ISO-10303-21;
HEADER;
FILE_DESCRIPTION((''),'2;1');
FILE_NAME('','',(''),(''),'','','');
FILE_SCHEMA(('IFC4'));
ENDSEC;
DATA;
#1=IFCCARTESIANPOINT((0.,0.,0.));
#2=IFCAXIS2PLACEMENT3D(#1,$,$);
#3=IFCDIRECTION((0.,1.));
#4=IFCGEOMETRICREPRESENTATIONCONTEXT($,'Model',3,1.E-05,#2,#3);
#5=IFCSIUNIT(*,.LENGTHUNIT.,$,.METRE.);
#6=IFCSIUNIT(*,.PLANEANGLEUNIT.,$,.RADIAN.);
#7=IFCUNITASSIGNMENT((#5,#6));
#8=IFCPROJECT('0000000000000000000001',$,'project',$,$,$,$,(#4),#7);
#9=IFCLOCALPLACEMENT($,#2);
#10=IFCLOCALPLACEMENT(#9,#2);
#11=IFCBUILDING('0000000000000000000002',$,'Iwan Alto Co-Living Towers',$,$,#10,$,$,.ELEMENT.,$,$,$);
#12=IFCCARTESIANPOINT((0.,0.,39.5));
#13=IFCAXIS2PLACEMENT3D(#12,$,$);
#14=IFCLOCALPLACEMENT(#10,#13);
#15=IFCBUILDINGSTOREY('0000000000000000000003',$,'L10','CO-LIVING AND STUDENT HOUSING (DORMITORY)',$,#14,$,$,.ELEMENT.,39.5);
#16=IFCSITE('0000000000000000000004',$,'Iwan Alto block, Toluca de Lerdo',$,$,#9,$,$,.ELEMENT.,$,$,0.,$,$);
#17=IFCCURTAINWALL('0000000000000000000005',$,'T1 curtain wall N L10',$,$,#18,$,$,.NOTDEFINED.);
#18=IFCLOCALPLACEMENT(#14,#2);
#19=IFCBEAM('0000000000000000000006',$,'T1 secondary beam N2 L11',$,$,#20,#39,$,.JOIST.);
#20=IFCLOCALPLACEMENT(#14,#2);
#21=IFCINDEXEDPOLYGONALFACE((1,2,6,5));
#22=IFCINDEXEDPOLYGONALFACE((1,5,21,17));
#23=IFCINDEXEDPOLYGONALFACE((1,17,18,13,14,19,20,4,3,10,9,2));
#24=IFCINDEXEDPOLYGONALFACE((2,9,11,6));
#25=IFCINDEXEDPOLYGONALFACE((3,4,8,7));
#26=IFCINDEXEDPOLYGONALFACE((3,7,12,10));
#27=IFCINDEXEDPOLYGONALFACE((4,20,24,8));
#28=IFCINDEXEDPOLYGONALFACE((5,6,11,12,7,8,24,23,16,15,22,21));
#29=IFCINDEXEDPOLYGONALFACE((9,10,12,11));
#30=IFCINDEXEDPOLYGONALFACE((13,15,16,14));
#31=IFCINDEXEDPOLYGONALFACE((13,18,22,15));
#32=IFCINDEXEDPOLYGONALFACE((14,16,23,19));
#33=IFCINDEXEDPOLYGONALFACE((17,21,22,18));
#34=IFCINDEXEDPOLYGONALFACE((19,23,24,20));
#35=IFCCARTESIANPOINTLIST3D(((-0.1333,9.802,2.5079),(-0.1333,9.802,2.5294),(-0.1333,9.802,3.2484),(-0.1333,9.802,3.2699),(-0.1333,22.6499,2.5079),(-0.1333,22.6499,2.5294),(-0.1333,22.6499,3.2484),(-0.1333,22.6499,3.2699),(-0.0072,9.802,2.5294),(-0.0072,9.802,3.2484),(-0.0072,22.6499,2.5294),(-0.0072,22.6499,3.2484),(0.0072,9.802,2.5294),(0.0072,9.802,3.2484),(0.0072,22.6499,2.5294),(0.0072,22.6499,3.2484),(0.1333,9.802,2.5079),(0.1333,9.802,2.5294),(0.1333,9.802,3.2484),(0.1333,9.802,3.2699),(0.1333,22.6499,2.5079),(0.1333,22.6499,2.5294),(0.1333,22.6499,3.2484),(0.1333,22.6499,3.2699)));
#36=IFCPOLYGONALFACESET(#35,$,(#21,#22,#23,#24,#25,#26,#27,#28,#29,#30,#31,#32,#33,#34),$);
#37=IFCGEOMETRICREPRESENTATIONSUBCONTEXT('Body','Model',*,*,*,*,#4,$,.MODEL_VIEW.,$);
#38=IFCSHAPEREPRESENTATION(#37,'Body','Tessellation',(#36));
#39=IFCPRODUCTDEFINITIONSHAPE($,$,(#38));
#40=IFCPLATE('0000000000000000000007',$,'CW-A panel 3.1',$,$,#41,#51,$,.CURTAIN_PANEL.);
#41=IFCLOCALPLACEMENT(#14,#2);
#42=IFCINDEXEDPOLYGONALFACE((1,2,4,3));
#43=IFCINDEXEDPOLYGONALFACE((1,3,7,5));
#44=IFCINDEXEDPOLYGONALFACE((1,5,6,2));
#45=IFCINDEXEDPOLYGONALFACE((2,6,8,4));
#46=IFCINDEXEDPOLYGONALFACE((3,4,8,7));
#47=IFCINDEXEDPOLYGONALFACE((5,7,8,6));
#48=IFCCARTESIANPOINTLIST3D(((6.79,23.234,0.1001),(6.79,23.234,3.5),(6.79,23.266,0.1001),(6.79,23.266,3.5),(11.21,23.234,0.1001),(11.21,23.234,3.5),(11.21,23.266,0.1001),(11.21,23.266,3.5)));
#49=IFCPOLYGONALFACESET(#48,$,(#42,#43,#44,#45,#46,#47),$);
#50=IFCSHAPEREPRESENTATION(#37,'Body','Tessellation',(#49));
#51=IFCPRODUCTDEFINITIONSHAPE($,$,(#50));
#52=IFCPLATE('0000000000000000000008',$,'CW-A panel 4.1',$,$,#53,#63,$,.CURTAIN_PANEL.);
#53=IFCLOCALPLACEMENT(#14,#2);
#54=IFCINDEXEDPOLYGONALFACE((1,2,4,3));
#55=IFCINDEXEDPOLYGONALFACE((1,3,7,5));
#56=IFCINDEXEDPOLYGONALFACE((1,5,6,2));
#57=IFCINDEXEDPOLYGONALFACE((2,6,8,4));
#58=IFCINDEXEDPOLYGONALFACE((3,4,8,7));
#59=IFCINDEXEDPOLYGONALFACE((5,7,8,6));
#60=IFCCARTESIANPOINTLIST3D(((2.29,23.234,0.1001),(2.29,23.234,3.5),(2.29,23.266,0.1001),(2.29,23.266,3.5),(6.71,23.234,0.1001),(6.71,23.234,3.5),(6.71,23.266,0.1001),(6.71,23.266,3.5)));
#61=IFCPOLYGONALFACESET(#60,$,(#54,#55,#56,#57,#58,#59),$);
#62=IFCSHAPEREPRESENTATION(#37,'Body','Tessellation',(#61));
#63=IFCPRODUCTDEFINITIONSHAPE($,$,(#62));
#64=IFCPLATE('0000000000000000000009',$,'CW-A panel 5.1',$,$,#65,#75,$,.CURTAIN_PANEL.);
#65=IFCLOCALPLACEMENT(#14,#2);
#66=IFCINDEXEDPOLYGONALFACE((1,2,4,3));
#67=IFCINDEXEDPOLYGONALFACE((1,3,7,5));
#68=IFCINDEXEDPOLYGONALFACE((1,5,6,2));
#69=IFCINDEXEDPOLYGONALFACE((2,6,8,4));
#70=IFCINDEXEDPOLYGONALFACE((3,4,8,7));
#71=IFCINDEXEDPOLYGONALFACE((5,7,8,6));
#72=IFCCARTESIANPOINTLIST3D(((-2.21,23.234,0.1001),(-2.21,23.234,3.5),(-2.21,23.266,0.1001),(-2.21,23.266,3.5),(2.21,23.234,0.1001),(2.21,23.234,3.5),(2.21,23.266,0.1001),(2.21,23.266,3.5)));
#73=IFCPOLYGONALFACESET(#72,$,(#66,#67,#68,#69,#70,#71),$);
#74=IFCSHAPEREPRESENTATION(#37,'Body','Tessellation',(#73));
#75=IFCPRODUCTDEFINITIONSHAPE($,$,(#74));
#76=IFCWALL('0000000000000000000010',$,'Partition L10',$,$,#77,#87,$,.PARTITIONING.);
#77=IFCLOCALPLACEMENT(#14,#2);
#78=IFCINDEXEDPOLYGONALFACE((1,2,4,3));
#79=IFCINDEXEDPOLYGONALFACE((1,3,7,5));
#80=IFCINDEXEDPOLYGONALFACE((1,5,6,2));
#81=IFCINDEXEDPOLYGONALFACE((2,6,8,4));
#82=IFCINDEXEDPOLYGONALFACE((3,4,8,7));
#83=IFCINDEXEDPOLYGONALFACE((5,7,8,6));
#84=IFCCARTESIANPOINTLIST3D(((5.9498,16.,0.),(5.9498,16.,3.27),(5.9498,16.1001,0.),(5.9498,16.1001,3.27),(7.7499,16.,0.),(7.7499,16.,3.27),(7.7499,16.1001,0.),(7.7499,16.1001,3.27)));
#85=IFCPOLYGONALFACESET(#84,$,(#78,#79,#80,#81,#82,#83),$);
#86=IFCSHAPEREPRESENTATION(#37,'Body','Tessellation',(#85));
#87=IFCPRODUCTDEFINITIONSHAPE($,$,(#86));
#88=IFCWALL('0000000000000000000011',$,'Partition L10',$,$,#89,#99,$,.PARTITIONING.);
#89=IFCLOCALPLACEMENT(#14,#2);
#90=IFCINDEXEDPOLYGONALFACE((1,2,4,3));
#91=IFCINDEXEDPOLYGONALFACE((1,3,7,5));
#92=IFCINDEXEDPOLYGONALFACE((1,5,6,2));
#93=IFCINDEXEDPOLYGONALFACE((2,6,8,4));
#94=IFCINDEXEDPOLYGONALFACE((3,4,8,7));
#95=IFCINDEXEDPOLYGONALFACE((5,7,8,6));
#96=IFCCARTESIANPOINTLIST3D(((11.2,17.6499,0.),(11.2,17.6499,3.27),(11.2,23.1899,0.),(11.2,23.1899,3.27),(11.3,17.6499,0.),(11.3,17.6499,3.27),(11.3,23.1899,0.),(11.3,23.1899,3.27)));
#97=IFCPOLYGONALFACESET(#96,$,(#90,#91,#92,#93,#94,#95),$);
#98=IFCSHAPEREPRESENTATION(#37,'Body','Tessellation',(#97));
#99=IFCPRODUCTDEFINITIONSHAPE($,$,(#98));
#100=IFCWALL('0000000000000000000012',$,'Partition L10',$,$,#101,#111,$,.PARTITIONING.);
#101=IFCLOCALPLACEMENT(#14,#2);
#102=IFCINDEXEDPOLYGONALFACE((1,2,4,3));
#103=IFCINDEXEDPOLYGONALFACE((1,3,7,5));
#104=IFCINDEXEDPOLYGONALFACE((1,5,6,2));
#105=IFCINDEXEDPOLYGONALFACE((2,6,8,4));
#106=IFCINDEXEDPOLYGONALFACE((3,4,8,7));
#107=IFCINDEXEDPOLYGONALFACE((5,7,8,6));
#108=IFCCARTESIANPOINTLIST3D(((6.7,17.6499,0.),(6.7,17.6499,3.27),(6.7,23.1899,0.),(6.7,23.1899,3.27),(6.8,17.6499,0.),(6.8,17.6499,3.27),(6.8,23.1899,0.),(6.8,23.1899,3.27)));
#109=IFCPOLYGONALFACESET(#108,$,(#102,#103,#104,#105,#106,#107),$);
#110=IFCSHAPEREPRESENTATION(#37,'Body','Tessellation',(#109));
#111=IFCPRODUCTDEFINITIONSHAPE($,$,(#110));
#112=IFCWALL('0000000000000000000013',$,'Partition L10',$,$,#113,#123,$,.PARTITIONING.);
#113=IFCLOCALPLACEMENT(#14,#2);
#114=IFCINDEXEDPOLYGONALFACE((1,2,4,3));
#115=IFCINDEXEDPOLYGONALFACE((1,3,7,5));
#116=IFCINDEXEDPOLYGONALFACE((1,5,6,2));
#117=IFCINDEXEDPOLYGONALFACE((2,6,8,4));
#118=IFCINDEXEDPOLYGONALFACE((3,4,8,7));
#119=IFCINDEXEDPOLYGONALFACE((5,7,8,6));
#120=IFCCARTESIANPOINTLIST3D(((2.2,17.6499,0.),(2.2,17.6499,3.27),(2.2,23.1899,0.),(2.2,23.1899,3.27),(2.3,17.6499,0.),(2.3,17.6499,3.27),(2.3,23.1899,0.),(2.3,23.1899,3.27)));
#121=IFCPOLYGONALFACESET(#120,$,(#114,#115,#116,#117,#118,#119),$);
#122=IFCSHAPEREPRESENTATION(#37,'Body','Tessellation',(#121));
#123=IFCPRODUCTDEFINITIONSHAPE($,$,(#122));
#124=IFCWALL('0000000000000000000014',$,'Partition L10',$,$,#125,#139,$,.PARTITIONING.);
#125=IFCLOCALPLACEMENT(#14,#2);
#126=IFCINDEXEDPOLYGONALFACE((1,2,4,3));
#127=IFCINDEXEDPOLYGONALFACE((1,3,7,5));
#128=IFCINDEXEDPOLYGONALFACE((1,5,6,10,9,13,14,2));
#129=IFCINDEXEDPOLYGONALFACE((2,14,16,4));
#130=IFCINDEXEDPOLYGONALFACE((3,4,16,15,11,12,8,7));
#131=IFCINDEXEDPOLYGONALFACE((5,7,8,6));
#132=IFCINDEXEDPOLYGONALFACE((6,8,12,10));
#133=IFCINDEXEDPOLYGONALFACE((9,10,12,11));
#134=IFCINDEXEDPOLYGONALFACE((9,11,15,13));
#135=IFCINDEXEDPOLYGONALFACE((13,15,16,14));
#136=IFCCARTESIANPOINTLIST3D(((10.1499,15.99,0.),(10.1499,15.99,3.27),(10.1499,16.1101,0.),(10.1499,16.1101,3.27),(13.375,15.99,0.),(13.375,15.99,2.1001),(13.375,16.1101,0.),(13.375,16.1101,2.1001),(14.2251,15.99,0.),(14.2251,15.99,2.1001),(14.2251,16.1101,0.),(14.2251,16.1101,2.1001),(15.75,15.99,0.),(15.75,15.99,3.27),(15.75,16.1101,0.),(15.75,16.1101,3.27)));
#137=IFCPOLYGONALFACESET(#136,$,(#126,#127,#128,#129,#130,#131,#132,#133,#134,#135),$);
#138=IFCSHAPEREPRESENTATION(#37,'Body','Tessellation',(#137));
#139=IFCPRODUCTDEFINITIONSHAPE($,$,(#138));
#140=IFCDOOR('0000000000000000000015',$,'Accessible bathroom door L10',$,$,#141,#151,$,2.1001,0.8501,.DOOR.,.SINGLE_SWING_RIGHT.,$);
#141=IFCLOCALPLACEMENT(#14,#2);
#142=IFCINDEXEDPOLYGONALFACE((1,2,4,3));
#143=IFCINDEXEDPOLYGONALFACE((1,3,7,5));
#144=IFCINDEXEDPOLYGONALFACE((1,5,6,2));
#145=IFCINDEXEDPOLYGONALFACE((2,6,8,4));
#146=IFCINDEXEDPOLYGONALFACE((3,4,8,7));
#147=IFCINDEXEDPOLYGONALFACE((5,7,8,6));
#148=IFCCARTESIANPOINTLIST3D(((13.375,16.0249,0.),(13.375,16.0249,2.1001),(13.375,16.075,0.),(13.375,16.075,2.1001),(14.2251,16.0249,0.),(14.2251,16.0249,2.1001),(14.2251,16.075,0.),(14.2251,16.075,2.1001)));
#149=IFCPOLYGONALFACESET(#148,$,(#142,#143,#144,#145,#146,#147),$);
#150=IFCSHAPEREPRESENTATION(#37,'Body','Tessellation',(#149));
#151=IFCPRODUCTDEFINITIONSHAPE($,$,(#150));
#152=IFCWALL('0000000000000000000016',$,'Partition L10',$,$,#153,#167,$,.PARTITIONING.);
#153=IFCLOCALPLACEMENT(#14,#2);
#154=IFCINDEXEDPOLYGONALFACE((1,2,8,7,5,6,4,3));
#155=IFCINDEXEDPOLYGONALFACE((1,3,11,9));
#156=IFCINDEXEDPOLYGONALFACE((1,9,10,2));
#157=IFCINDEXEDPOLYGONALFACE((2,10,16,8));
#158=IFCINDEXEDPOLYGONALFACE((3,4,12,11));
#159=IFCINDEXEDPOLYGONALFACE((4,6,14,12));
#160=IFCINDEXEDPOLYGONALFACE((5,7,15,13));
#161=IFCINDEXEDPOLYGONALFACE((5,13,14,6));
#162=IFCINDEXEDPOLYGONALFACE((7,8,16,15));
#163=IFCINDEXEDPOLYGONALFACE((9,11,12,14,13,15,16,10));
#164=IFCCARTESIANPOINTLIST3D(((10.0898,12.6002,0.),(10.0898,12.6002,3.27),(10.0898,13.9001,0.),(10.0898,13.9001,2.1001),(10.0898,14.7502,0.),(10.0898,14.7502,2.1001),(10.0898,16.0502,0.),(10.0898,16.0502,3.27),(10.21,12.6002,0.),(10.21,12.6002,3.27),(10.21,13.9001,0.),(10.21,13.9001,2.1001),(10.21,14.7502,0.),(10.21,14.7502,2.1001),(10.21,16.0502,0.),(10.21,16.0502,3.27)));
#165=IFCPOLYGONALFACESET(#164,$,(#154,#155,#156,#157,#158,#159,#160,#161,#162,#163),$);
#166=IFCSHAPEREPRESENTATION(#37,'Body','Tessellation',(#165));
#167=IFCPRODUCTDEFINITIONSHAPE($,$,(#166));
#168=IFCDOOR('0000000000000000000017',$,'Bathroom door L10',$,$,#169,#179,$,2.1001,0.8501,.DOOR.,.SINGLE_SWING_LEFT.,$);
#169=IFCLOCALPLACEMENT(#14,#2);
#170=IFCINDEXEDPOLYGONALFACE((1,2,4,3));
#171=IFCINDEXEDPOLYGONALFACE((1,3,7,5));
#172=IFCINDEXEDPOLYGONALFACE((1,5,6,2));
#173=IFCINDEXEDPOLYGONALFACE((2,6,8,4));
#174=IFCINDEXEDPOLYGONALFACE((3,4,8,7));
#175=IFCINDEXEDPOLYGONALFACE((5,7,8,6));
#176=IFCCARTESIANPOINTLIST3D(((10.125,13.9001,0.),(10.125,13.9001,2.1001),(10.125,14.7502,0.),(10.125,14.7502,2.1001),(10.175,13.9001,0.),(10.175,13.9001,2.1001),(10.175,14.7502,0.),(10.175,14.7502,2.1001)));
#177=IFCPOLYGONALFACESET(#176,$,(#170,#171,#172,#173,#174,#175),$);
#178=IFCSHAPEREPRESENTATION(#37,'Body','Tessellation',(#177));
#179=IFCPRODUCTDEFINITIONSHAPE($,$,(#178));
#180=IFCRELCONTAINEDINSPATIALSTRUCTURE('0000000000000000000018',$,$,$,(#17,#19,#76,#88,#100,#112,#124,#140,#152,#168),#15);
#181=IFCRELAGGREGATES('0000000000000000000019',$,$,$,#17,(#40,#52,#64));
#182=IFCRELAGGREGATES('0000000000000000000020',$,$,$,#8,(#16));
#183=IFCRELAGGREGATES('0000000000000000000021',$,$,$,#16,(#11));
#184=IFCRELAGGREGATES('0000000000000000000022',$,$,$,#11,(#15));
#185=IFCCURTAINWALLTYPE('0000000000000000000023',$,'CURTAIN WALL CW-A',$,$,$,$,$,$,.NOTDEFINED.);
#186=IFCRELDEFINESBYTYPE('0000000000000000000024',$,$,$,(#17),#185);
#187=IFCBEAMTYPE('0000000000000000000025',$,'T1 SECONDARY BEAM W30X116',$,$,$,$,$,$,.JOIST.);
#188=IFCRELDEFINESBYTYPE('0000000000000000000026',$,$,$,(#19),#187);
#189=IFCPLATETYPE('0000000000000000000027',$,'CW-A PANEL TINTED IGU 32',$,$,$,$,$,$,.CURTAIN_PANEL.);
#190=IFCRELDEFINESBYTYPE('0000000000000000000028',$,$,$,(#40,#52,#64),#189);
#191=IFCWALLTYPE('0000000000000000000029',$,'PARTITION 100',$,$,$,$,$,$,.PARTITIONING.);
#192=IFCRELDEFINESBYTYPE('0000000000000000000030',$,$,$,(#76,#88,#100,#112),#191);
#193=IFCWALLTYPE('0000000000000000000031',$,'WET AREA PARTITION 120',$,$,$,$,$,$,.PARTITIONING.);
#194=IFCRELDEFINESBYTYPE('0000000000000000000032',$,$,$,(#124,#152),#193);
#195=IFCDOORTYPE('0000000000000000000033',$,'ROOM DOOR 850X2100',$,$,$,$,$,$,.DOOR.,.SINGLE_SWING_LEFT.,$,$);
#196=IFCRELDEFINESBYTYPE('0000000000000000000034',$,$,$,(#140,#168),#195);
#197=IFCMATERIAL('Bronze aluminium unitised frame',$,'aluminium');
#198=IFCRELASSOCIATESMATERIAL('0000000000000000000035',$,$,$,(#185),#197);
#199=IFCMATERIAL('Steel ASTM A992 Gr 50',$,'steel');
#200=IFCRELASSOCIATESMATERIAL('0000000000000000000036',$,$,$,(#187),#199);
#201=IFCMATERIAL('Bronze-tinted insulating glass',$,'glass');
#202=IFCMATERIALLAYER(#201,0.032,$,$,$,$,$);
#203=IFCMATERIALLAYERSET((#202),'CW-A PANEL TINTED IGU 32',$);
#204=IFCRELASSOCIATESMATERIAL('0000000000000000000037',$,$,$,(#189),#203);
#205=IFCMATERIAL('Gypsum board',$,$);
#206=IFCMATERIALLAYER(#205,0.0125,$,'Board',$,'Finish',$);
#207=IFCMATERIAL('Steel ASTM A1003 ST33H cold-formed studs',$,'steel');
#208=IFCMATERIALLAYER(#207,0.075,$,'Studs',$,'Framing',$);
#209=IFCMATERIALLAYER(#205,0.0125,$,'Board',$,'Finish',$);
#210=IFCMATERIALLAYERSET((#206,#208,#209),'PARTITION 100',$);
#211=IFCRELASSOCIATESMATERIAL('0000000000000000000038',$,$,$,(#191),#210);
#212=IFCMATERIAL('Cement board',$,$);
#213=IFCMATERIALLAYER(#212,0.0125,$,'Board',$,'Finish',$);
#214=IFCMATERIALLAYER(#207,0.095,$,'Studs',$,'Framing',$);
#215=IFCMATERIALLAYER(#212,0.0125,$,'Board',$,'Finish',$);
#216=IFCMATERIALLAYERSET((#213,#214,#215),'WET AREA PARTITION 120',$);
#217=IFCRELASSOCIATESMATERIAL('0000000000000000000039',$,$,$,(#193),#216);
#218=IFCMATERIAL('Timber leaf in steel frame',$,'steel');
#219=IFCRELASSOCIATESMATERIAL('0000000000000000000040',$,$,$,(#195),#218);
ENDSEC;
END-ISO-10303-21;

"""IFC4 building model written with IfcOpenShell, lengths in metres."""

from ifc_helpers import new_model, si_unit, direction, frame, frame_2d, origin, origin_2d, place, context, subcontext, project, spatial, rectangle, i_section, extrude, material, layer, layer_set, material_profile, profile_set, type_object, element, fill, aggregate, save


model = new_model("IFC4")

# Units and contexts
model_context = context("Model", 3, precision=1e-05, world=origin(), true_north=direction((0.0, 1.0)))
body_context = subcontext(model_context, "Body", "Model", "MODEL_VIEW")
ifc_project = project(units=[si_unit("LENGTHUNIT", "METRE"), si_unit("PLANEANGLEUNIT", "RADIAN")], contexts=[model_context])

# Site, building, storey
site_placement = place(None, origin())
site = spatial("IfcSite", under=ifc_project, at=site_placement, Name="Iwan Alto block, Toluca de Lerdo", CompositionType="ELEMENT", RefElevation=0.0)
building_placement = place(site_placement, origin())
building = spatial("IfcBuilding", under=site, at=building_placement, Name="Iwan Alto Co-Living Towers", CompositionType="ELEMENT")
storey_placement = place(building_placement, frame((0.0, 0.0, 39.5)))
storey = spatial("IfcBuildingStorey", under=building, at=storey_placement, Name="L10", Description="CO-LIVING AND STUDENT HOUSING (DORMITORY)", CompositionType="ELEMENT", Elevation=39.5)

# Curtain wall
ifc_material_1 = material(Name="Bronze aluminium unitised frame", Category="aluminium")
curtain_wall_type = type_object("IfcCurtainWallType", Name="CURTAIN WALL CW-A", PredefinedType="NOTDEFINED", material=ifc_material_1)
curtain_wall_placement = place(storey_placement, origin())
curtain_wall = element("IfcCurtainWall", 1, at=curtain_wall_placement, inside=storey, type_object=curtain_wall_type, Name="T1 curtain wall N L10", PredefinedType="NOTDEFINED")

# Beam
ifc_material_2 = material(Name="Steel ASTM A992 Gr 50", Category="steel")
ifc_material_profile_1 = material_profile(ifc_material_2, i_section(OverallWidth=0.2666, OverallDepth=0.762, WebThickness=0.0144, FlangeThickness=0.0215, at=origin_2d()), Name="W30X116")
ifc_profile_set_1 = profile_set([ifc_material_profile_1], Name="Steel ASTM A992 Gr 50")
beam_type_1 = type_object("IfcBeamType", Name="T1 SECONDARY BEAM W30X116", PredefinedType="JOIST", material=ifc_profile_set_1)
for number, where, z_axis, x_axis, name in (
    (2, (0.0, 22.6499, 2.8889), (0.0, -1.0, 0.0), (1.0, 0.0, 0.0), "T1 secondary beam N2 L11"),
):
    element("IfcBeam", number, at=place(storey_placement, frame(where, z_axis=z_axis, x_axis=x_axis)), inside=storey, type_object=beam_type_1, Name=name, PredefinedType="JOIST", context=body_context, shape_type="SweptSolid", body=[
        extrude(i_section(OverallWidth=0.2666, OverallDepth=0.762, WebThickness=0.0144, FlangeThickness=0.0215, at=origin_2d()), origin(), (0.0, 0.0, 1.0), 12.8479),
    ])

# Plates
ifc_material_3 = material(Name="Bronze-tinted insulating glass", Category="glass")
ifc_layer_1 = layer(ifc_material_3, 0.032)
ifc_layer_set_1 = layer_set([ifc_layer_1], Name="CW-A PANEL TINTED IGU 32")
plate_type = type_object("IfcPlateType", Name="CW-A PANEL TINTED IGU 32", PredefinedType="CURTAIN_PANEL", material=ifc_layer_set_1)
plate_1_placement = place(storey_placement, frame((9.0, 23.25, 0.1001), z_axis=(0.0, 0.0, 1.0), x_axis=(-1.0, 0.0, 0.0)))
plate_1 = element("IfcPlate", 3, at=plate_1_placement, type_object=plate_type, Name="CW-A panel 3.1", PredefinedType="CURTAIN_PANEL", context=body_context, shape_type="SweptSolid", body=[
    extrude(rectangle(XDim=4.4199, YDim=0.032, at=origin_2d()), origin(), (0.0, 0.0, 1.0), 3.3999),
])
plate_2_placement = place(storey_placement, frame((4.5, 23.25, 0.1001), z_axis=(0.0, 0.0, 1.0), x_axis=(-1.0, 0.0, 0.0)))
plate_2 = element("IfcPlate", 4, at=plate_2_placement, type_object=plate_type, Name="CW-A panel 4.1", PredefinedType="CURTAIN_PANEL", context=body_context, shape_type="SweptSolid", body=[
    extrude(rectangle(XDim=4.4199, YDim=0.032, at=origin_2d()), origin(), (0.0, 0.0, 1.0), 3.3999),
])
plate_3_placement = place(storey_placement, frame((0.0, 23.25, 0.1001), z_axis=(0.0, 0.0, 1.0), x_axis=(-1.0, 0.0, 0.0)))
plate_3 = element("IfcPlate", 5, at=plate_3_placement, type_object=plate_type, Name="CW-A panel 5.1", PredefinedType="CURTAIN_PANEL", context=body_context, shape_type="SweptSolid", body=[
    extrude(rectangle(XDim=4.4199, YDim=0.032, at=origin_2d()), origin(), (0.0, 0.0, 1.0), 3.3999),
])
aggregate(curtain_wall, [plate_1, plate_2, plate_3])

# Walls
ifc_material_4 = material(Name="Gypsum board")
ifc_layer_2 = layer(ifc_material_4, 0.0125, Name="Board", Category="Finish")
ifc_material_5 = material(Name="Steel ASTM A1003 ST33H cold-formed studs", Category="steel")
ifc_layer_3 = layer(ifc_material_5, 0.075, Name="Studs", Category="Framing")
ifc_layer_4 = layer(ifc_material_4, 0.0125, Name="Board", Category="Finish")
ifc_layer_set_2 = layer_set([ifc_layer_2, ifc_layer_3, ifc_layer_4], Name="PARTITION 100")
wall_type_1 = type_object("IfcWallType", Name="PARTITION 100", PredefinedType="PARTITIONING", material=ifc_layer_set_2)
wall_1_placement = place(storey_placement, frame((5.95, 16.05, 0.0), z_axis=(0.0, 0.0, 1.0), x_axis=(1.0, 0.0, 0.0)))
element("IfcWall", 6, at=wall_1_placement, inside=storey, type_object=wall_type_1, Name="Partition L10", PredefinedType="PARTITIONING", context=body_context, shape_type="SweptSolid", body=[
    extrude(rectangle(XDim=1.8, YDim=0.1001, at=frame_2d((0.8999, 0.0))), origin(), (0.0, 0.0, 1.0), 3.27),
])
for number, where, z_axis, x_axis, name in (
    (7, (11.25, 17.6499, 0.0), (0.0, 0.0, 1.0), (0.0, 1.0, 0.0), "Partition L10"),
    (8, (6.75, 17.6499, 0.0), (0.0, 0.0, 1.0), (0.0, 1.0, 0.0), "Partition L10"),
    (9, (2.25, 17.6499, 0.0), (0.0, 0.0, 1.0), (0.0, 1.0, 0.0), "Partition L10"),
):
    element("IfcWall", number, at=place(storey_placement, frame(where, z_axis=z_axis, x_axis=x_axis)), inside=storey, type_object=wall_type_1, Name=name, PredefinedType="PARTITIONING", context=body_context, shape_type="SweptSolid", body=[
        extrude(rectangle(XDim=5.54, YDim=0.1001, at=frame_2d((2.77, 0.0))), origin(), (0.0, 0.0, 1.0), 3.27),
    ])

# Walls, openings, doors
ifc_material_6 = material(Name="Cement board")
ifc_layer_5 = layer(ifc_material_6, 0.0125, Name="Board", Category="Finish")
ifc_layer_6 = layer(ifc_material_5, 0.095, Name="Studs", Category="Framing")
ifc_layer_7 = layer(ifc_material_6, 0.0125, Name="Board", Category="Finish")
ifc_layer_set_3 = layer_set([ifc_layer_5, ifc_layer_6, ifc_layer_7], Name="WET AREA PARTITION 120")
wall_type_2 = type_object("IfcWallType", Name="WET AREA PARTITION 120", PredefinedType="PARTITIONING", material=ifc_layer_set_3)
wall_2_placement = place(storey_placement, frame((10.1499, 16.05, 0.0), z_axis=(0.0, 0.0, 1.0), x_axis=(1.0, 0.0, 0.0)))
wall_2 = element("IfcWall", 10, at=wall_2_placement, inside=storey, type_object=wall_type_2, Name="Partition L10", PredefinedType="PARTITIONING", context=body_context, shape_type="SweptSolid", body=[
    extrude(rectangle(XDim=5.6001, YDim=0.1201, at=frame_2d((2.8, 0.0))), origin(), (0.0, 0.0, 1.0), 3.27),
])
opening_1_placement = place(wall_2_placement, frame((3.2251, 0.0, 0.0)))
opening_1 = element("IfcOpeningElement", 11, at=opening_1_placement, cuts=wall_2, PredefinedType="OPENING", context=body_context, shape_type="SweptSolid", body=[
    extrude(rectangle(XDim=0.8501, YDim=2.1001, at=frame_2d((0.425, 1.05))), frame((0.0, 0.0701, 0.0), z_axis=(0.0, -1.0, 0.0), x_axis=(1.0, 0.0, 0.0)), (0.0, 0.0, 1.0), 0.1401),
])
ifc_material_7 = material(Name="Timber leaf in steel frame", Category="steel")
door_type = type_object("IfcDoorType", Name="ROOM DOOR 850X2100", OperationType="SINGLE_SWING_LEFT", PredefinedType="DOOR", material=ifc_material_7)
door_1_placement = place(opening_1_placement, origin())
door_1 = element("IfcDoor", 12, at=door_1_placement, inside=storey, type_object=door_type, Name="Accessible bathroom door L10", OperationType="SINGLE_SWING_RIGHT", OverallHeight=2.1001, OverallWidth=0.8501, PredefinedType="DOOR", context=body_context, shape_type="SweptSolid", body=[
    extrude(rectangle(XDim=0.8501, YDim=2.1001, at=frame_2d((0.425, 1.05))), frame((0.0, 0.0249, 0.0), z_axis=(0.0, -1.0, 0.0), x_axis=(1.0, 0.0, 0.0)), (0.0, 0.0, 1.0), 0.05),
])
fill(opening_1, door_1)
wall_3_placement = place(storey_placement, frame((10.1499, 12.6001, 0.0), z_axis=(0.0, 0.0, 1.0), x_axis=(0.0, 1.0, 0.0)))
wall_3 = element("IfcWall", 13, at=wall_3_placement, inside=storey, type_object=wall_type_2, Name="Partition L10", PredefinedType="PARTITIONING", context=body_context, shape_type="SweptSolid", body=[
    extrude(rectangle(XDim=3.45, YDim=0.1201, at=frame_2d((1.7251, 0.0))), origin(), (0.0, 0.0, 1.0), 3.27),
])
opening_2_placement = place(wall_3_placement, frame((1.3, 0.0, 0.0)))
opening_2 = element("IfcOpeningElement", 14, at=opening_2_placement, cuts=wall_3, PredefinedType="OPENING", context=body_context, shape_type="SweptSolid", body=[
    extrude(rectangle(XDim=0.8501, YDim=2.1001, at=frame_2d((0.425, 1.05))), frame((0.0, 0.0701, 0.0), z_axis=(0.0, -1.0, 0.0), x_axis=(1.0, 0.0, 0.0)), (0.0, 0.0, 1.0), 0.1401),
])
door_2_placement = place(opening_2_placement, origin())
door_2 = element("IfcDoor", 15, at=door_2_placement, inside=storey, type_object=door_type, Name="Bathroom door L10", OperationType="SINGLE_SWING_LEFT", OverallHeight=2.1001, OverallWidth=0.8501, PredefinedType="DOOR", context=body_context, shape_type="SweptSolid", body=[
    extrude(rectangle(XDim=0.8501, YDim=2.1001, at=frame_2d((0.425, 1.05))), frame((0.0, 0.0249, 0.0), z_axis=(0.0, -1.0, 0.0), x_axis=(1.0, 0.0, 0.0)), (0.0, 0.0, 1.0), 0.05),
])
fill(opening_2, door_2)

save(model, "model.ifc")
